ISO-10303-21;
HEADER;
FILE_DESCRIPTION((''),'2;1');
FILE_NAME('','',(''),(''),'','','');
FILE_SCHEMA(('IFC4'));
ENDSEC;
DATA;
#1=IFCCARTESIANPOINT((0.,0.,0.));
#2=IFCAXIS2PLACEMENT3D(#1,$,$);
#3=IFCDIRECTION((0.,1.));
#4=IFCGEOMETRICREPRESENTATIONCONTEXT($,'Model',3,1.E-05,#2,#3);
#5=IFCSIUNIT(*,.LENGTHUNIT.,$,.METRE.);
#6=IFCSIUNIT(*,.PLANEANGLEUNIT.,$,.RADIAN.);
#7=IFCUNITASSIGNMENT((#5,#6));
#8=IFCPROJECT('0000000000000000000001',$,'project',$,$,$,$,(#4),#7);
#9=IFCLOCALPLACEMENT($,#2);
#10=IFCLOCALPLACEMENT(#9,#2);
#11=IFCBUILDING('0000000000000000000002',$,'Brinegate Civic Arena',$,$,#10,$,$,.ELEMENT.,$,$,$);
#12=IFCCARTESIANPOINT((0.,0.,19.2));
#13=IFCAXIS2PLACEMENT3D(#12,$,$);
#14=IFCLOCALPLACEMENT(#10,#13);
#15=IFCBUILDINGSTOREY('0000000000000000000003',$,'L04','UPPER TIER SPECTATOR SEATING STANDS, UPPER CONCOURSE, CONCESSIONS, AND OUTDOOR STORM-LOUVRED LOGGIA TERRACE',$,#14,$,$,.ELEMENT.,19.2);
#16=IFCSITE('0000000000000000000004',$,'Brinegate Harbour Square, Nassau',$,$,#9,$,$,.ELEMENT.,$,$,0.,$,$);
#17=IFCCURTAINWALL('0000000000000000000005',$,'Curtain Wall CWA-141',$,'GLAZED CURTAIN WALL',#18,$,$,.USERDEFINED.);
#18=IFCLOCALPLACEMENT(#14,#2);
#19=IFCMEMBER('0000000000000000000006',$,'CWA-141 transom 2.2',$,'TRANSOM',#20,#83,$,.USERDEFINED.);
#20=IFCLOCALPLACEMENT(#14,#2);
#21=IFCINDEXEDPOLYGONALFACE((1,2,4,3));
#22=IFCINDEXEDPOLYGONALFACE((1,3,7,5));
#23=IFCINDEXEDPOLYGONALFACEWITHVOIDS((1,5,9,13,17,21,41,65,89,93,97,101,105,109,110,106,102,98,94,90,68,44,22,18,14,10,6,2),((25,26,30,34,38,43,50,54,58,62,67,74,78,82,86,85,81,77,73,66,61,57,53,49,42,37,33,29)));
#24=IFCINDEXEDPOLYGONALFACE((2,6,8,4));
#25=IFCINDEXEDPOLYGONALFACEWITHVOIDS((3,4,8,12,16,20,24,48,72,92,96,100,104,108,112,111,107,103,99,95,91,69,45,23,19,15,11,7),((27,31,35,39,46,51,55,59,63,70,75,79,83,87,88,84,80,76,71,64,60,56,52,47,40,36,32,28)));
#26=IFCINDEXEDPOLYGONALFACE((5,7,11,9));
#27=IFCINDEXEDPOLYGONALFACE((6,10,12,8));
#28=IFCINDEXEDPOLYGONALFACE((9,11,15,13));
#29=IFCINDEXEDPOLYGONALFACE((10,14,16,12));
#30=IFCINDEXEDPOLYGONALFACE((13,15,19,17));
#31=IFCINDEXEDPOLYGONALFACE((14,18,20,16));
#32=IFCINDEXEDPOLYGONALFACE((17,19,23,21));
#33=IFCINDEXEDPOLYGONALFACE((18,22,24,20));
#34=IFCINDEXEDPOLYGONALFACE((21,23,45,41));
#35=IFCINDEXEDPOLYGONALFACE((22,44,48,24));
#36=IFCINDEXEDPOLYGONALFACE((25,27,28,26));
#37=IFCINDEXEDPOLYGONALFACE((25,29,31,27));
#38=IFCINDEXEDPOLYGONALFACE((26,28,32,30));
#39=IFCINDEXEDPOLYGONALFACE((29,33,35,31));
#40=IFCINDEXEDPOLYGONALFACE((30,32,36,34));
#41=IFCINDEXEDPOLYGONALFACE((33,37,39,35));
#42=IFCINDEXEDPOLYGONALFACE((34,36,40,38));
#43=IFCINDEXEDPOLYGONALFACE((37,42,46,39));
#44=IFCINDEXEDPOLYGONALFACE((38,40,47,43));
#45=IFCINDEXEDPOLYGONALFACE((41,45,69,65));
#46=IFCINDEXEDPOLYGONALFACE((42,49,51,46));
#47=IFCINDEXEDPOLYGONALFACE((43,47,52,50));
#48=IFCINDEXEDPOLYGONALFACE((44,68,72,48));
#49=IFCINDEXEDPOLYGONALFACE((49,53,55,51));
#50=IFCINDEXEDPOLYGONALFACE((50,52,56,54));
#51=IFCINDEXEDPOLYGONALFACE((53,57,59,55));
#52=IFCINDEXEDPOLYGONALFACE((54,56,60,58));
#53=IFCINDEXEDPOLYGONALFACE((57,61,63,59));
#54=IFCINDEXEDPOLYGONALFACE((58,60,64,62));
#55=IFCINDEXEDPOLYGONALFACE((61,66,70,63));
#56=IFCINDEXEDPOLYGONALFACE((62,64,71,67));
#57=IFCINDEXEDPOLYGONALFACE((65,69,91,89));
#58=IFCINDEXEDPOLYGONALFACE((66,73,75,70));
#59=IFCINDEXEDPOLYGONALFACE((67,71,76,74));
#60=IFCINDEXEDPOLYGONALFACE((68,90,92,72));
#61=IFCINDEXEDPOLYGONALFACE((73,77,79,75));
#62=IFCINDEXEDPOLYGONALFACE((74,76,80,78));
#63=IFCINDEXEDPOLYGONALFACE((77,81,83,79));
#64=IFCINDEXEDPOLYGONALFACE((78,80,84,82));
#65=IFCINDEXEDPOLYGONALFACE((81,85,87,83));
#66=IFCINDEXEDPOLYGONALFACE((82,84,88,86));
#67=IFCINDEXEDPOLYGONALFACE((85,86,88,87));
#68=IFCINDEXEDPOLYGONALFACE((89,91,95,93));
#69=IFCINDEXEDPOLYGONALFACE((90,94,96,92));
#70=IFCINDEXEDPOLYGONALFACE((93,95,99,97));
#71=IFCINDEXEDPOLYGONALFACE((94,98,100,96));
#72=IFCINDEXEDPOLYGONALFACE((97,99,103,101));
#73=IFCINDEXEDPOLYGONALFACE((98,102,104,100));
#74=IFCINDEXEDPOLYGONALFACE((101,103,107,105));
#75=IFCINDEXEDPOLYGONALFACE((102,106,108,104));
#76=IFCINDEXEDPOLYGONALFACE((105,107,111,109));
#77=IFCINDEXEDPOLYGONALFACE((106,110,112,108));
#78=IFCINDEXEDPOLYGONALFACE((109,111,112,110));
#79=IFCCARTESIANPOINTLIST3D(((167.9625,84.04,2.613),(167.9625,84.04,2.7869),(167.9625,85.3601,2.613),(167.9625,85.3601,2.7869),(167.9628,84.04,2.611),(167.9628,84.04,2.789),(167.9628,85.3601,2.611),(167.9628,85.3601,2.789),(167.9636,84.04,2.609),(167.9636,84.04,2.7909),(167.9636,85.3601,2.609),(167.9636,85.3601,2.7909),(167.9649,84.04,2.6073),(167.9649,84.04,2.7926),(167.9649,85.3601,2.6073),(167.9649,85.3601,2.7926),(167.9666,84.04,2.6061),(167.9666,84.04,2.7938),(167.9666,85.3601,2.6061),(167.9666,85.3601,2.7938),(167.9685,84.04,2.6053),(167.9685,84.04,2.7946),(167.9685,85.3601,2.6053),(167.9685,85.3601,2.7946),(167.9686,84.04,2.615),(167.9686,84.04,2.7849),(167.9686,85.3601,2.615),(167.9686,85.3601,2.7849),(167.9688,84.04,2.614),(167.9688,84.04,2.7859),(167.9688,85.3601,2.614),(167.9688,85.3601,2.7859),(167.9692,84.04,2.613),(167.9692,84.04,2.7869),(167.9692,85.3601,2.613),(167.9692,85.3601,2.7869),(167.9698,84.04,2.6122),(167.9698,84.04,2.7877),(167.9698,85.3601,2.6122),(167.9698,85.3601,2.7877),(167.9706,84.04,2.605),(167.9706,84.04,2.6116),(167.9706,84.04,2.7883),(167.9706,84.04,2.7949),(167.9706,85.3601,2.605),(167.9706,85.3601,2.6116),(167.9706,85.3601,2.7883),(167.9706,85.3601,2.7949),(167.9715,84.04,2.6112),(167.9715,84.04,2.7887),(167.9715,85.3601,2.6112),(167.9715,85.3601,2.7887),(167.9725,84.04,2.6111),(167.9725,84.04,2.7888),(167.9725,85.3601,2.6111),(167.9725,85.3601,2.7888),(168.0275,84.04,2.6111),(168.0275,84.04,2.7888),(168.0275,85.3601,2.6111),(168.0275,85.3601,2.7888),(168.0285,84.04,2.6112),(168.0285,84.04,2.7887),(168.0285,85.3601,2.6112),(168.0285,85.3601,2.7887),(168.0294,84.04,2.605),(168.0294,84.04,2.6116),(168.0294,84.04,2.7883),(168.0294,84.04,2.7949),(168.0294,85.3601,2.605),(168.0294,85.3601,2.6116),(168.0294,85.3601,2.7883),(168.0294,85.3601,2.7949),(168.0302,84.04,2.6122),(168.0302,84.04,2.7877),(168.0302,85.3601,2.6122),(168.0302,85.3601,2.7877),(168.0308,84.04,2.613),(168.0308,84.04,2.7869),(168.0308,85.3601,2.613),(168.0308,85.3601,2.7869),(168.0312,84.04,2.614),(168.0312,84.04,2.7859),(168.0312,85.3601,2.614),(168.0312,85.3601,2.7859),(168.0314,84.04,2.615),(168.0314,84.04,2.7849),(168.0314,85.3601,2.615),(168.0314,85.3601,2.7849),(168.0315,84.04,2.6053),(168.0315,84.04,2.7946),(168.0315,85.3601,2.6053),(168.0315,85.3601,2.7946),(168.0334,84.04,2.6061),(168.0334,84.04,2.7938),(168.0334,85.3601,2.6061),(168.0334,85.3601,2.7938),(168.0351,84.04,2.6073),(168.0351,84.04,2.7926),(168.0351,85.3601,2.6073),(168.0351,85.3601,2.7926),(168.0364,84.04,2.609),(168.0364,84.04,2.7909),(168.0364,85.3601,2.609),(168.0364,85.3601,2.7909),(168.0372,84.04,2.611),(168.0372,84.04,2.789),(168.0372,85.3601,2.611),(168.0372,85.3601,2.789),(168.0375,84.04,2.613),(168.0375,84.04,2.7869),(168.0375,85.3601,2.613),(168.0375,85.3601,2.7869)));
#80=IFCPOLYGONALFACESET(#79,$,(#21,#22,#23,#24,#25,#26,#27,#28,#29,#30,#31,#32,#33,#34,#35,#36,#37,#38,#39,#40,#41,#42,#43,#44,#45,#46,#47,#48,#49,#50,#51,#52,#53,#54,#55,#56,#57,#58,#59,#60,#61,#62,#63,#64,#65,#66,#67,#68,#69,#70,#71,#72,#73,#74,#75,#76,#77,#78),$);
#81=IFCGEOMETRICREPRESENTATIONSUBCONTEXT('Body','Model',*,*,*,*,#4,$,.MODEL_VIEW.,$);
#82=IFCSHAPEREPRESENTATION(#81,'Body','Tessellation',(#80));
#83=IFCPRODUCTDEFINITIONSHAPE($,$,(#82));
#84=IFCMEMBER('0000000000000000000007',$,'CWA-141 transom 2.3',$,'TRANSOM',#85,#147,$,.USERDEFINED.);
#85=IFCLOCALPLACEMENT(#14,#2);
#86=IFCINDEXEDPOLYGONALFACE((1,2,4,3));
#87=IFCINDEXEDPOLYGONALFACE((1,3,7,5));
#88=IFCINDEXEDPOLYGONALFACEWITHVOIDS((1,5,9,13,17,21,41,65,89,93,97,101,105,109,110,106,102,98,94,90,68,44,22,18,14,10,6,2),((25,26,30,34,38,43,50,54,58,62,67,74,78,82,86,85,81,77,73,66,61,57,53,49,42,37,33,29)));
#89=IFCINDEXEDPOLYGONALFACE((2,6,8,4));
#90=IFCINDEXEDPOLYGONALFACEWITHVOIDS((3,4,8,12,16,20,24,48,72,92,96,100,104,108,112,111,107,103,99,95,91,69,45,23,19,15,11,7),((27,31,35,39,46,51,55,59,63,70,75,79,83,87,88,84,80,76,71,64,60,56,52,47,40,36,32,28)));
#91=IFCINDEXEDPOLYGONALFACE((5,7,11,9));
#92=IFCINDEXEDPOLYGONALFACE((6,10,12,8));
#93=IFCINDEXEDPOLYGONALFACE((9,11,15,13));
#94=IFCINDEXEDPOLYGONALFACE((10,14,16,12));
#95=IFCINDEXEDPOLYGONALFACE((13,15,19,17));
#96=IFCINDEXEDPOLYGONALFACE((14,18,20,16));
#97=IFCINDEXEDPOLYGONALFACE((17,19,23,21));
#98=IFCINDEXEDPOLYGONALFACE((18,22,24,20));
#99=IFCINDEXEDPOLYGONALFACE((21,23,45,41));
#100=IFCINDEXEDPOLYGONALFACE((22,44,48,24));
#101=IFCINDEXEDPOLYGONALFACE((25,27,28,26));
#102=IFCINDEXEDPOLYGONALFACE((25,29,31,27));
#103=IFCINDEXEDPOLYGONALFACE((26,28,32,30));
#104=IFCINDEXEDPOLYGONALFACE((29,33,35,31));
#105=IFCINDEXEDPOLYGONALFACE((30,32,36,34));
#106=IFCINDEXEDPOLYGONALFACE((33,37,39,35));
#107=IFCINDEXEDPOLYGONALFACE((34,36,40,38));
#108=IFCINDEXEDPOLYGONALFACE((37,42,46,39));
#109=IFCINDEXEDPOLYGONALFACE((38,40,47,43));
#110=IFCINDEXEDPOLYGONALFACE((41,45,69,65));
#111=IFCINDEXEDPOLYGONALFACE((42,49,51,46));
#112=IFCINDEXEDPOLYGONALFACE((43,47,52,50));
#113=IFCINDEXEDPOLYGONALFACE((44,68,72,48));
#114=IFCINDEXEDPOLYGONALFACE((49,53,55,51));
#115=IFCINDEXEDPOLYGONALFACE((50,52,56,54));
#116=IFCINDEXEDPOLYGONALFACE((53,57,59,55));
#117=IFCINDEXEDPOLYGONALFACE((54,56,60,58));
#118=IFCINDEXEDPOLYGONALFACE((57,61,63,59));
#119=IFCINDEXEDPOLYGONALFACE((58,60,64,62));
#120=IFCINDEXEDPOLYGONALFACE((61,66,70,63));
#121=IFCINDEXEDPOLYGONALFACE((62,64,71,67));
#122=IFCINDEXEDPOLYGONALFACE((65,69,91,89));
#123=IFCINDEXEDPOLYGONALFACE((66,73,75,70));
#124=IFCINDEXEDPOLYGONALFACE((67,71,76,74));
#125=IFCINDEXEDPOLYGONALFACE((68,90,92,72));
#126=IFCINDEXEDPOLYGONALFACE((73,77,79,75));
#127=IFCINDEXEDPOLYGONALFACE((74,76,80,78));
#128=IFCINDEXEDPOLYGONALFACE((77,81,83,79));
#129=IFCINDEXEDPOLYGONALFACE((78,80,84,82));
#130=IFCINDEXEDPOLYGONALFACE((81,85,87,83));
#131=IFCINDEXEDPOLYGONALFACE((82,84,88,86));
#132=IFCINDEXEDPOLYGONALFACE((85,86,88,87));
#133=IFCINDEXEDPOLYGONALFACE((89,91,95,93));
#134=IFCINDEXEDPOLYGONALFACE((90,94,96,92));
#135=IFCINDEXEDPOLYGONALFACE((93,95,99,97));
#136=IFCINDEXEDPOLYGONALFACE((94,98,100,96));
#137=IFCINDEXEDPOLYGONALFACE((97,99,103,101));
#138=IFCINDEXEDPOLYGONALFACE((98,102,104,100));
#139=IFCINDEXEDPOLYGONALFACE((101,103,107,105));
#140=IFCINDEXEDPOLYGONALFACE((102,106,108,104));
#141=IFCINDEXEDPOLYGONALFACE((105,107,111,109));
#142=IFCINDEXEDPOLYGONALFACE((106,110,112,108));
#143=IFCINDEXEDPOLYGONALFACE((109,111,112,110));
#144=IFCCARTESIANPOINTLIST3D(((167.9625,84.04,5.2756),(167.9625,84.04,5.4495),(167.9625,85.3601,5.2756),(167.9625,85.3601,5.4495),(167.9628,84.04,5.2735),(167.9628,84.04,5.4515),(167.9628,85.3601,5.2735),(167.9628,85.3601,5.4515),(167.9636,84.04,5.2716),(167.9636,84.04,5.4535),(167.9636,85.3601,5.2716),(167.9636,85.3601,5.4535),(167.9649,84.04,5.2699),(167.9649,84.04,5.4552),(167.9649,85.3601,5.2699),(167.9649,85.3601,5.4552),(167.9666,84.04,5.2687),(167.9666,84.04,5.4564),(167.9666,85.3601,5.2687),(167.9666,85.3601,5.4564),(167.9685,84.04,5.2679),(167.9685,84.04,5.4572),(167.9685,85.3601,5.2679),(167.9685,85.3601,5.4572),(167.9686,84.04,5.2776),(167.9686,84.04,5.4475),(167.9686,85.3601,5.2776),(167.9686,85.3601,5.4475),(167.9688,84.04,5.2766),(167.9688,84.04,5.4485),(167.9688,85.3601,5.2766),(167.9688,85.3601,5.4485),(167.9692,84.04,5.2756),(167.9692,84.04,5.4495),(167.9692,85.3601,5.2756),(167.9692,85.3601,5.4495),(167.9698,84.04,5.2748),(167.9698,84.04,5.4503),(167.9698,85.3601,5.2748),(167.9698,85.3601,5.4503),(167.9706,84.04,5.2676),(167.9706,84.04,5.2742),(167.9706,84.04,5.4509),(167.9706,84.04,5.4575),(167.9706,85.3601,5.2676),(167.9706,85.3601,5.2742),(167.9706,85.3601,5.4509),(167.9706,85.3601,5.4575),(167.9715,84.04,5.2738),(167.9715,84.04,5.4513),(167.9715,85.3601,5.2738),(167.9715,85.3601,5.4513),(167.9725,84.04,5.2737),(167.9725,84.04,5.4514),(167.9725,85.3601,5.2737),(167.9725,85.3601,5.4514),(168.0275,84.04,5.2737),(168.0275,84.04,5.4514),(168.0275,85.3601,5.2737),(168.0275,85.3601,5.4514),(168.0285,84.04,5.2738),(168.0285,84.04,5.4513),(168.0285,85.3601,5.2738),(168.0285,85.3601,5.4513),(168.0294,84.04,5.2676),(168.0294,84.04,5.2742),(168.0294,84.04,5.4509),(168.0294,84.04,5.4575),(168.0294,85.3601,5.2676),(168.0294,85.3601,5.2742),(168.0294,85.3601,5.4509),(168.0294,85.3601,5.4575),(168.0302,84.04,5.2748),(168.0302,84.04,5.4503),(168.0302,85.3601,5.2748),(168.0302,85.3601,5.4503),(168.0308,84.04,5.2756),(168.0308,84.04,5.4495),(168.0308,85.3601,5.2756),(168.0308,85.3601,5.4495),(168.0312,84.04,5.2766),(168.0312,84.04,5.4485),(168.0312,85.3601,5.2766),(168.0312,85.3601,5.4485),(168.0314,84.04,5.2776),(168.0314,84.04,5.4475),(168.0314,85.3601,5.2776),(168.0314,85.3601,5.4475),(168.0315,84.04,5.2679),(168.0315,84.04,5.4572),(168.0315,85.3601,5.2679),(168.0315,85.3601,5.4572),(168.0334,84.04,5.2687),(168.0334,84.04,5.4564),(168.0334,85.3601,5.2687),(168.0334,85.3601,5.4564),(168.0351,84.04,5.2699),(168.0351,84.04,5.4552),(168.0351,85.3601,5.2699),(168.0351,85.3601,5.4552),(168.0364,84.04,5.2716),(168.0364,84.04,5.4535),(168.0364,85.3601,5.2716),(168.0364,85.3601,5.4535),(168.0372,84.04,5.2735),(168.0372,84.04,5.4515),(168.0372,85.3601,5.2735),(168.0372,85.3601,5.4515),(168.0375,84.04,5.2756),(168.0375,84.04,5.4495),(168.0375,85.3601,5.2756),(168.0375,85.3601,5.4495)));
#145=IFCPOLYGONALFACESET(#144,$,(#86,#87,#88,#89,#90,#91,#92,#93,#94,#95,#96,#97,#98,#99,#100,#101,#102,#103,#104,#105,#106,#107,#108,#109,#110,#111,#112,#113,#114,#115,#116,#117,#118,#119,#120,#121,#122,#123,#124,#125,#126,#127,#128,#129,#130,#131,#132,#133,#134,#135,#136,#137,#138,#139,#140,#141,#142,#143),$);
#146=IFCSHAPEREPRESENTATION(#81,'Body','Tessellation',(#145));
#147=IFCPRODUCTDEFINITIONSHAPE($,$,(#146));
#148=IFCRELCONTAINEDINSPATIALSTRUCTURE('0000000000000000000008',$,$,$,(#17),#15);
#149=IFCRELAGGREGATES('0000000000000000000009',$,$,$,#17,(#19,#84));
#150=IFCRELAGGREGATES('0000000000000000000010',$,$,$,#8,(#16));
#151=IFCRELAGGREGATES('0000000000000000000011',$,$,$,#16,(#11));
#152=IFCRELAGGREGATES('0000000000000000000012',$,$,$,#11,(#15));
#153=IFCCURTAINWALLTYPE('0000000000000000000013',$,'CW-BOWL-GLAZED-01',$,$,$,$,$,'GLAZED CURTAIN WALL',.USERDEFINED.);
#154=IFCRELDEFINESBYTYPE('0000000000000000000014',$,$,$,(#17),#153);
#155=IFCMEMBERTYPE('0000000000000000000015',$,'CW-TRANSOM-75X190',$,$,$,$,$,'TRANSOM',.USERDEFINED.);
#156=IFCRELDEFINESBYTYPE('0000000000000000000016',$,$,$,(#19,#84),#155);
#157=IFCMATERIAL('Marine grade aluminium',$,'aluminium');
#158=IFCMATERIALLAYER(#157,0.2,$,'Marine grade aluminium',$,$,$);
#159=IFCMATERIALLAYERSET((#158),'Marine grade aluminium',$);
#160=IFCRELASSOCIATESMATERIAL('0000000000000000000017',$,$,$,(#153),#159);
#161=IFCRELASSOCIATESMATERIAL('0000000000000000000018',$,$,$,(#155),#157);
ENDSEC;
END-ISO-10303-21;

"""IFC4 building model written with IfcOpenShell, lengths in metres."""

from ifc_helpers import new_model, si_unit, direction, frame, origin, origin_2d, place, context, subcontext, project, spatial, hollow_rectangle, extrude, material, layer, layer_set, material_profile, profile_set, type_object, element, aggregate, save


model = new_model("IFC4")

# Units and contexts
model_context = context("Model", 3, precision=1e-05, world=origin(), true_north=direction((0.0, 1.0)))
body_context = subcontext(model_context, "Body", "Model", "MODEL_VIEW")
ifc_project = project(units=[si_unit("LENGTHUNIT", "METRE"), si_unit("PLANEANGLEUNIT", "RADIAN")], contexts=[model_context])

# Site, building, storey
site_placement = place(None, origin())
site = spatial("IfcSite", under=ifc_project, at=site_placement, Name="Brinegate Harbour Square, Nassau", CompositionType="ELEMENT", RefElevation=0.0)
building_placement = place(site_placement, origin())
building = spatial("IfcBuilding", under=site, at=building_placement, Name="Brinegate Civic Arena", CompositionType="ELEMENT")
storey_placement = place(building_placement, frame((0.0, 0.0, 19.2)))
storey = spatial("IfcBuildingStorey", under=building, at=storey_placement, Name="L04", Description="UPPER TIER SPECTATOR SEATING STANDS, UPPER CONCOURSE, CONCESSIONS, AND OUTDOOR STORM-LOUVRED LOGGIA TERRACE", CompositionType="ELEMENT", Elevation=19.2)

# Curtain wall, members
ifc_material_1 = material(Name="Marine grade aluminium", Category="aluminium")
ifc_layer_1 = layer(ifc_material_1, 0.2, Name="Marine grade aluminium")
ifc_layer_set_1 = layer_set([ifc_layer_1], Name="Marine grade aluminium")
curtain_wall_type = type_object("IfcCurtainWallType", Name="CW-BOWL-GLAZED-01", ElementType="GLAZED CURTAIN WALL", PredefinedType="USERDEFINED", material=ifc_layer_set_1)
curtain_wall_placement = place(storey_placement, origin())
curtain_wall = element("IfcCurtainWall", 1, at=curtain_wall_placement, inside=storey, type_object=curtain_wall_type, Name="Curtain Wall CWA-141", ObjectType="GLAZED CURTAIN WALL", PredefinedType="USERDEFINED")
ifc_material_profile_1 = material_profile(ifc_material_1, hollow_rectangle(XDim=0.075, YDim=0.1899, WallThickness=0.0061, InnerFilletRadius=0.0039, OuterFilletRadius=0.0081, at=origin_2d()), Name="TRN75X190")
ifc_profile_set_1 = profile_set([ifc_material_profile_1], Name="Marine grade aluminium")
member_type_1 = type_object("IfcMemberType", Name="CW-TRANSOM-75X190", ElementType="TRANSOM", PredefinedType="USERDEFINED", material=ifc_profile_set_1)
member_1_placement = place(storey_placement, frame((168.0, 84.04, 2.7), z_axis=(0.0, 1.0, 0.0), x_axis=(-1.0, 0.0, 0.0)))
member_1 = element("IfcMember", 2, at=member_1_placement, type_object=member_type_1, Name="CWA-141 transom 2.2", ObjectType="TRANSOM", PredefinedType="USERDEFINED", context=body_context, shape_type="SweptSolid", body=[
    extrude(hollow_rectangle(XDim=0.075, YDim=0.1899, WallThickness=0.0061, InnerFilletRadius=0.0039, OuterFilletRadius=0.0081, at=origin_2d()), origin(), (0.0, 0.0, 1.0), 1.3201),
])
member_2_placement = place(storey_placement, frame((168.0, 84.04, 5.3625), z_axis=(0.0, 1.0, 0.0), x_axis=(-1.0, 0.0, 0.0)))
member_2 = element("IfcMember", 3, at=member_2_placement, type_object=member_type_1, Name="CWA-141 transom 2.3", ObjectType="TRANSOM", PredefinedType="USERDEFINED", context=body_context, shape_type="SweptSolid", body=[
    extrude(hollow_rectangle(XDim=0.075, YDim=0.1899, WallThickness=0.0061, InnerFilletRadius=0.0039, OuterFilletRadius=0.0081, at=origin_2d()), origin(), (0.0, 0.0, 1.0), 1.3201),
])

aggregate(curtain_wall, [member_1, member_2])

save(model, "model.ifc")
